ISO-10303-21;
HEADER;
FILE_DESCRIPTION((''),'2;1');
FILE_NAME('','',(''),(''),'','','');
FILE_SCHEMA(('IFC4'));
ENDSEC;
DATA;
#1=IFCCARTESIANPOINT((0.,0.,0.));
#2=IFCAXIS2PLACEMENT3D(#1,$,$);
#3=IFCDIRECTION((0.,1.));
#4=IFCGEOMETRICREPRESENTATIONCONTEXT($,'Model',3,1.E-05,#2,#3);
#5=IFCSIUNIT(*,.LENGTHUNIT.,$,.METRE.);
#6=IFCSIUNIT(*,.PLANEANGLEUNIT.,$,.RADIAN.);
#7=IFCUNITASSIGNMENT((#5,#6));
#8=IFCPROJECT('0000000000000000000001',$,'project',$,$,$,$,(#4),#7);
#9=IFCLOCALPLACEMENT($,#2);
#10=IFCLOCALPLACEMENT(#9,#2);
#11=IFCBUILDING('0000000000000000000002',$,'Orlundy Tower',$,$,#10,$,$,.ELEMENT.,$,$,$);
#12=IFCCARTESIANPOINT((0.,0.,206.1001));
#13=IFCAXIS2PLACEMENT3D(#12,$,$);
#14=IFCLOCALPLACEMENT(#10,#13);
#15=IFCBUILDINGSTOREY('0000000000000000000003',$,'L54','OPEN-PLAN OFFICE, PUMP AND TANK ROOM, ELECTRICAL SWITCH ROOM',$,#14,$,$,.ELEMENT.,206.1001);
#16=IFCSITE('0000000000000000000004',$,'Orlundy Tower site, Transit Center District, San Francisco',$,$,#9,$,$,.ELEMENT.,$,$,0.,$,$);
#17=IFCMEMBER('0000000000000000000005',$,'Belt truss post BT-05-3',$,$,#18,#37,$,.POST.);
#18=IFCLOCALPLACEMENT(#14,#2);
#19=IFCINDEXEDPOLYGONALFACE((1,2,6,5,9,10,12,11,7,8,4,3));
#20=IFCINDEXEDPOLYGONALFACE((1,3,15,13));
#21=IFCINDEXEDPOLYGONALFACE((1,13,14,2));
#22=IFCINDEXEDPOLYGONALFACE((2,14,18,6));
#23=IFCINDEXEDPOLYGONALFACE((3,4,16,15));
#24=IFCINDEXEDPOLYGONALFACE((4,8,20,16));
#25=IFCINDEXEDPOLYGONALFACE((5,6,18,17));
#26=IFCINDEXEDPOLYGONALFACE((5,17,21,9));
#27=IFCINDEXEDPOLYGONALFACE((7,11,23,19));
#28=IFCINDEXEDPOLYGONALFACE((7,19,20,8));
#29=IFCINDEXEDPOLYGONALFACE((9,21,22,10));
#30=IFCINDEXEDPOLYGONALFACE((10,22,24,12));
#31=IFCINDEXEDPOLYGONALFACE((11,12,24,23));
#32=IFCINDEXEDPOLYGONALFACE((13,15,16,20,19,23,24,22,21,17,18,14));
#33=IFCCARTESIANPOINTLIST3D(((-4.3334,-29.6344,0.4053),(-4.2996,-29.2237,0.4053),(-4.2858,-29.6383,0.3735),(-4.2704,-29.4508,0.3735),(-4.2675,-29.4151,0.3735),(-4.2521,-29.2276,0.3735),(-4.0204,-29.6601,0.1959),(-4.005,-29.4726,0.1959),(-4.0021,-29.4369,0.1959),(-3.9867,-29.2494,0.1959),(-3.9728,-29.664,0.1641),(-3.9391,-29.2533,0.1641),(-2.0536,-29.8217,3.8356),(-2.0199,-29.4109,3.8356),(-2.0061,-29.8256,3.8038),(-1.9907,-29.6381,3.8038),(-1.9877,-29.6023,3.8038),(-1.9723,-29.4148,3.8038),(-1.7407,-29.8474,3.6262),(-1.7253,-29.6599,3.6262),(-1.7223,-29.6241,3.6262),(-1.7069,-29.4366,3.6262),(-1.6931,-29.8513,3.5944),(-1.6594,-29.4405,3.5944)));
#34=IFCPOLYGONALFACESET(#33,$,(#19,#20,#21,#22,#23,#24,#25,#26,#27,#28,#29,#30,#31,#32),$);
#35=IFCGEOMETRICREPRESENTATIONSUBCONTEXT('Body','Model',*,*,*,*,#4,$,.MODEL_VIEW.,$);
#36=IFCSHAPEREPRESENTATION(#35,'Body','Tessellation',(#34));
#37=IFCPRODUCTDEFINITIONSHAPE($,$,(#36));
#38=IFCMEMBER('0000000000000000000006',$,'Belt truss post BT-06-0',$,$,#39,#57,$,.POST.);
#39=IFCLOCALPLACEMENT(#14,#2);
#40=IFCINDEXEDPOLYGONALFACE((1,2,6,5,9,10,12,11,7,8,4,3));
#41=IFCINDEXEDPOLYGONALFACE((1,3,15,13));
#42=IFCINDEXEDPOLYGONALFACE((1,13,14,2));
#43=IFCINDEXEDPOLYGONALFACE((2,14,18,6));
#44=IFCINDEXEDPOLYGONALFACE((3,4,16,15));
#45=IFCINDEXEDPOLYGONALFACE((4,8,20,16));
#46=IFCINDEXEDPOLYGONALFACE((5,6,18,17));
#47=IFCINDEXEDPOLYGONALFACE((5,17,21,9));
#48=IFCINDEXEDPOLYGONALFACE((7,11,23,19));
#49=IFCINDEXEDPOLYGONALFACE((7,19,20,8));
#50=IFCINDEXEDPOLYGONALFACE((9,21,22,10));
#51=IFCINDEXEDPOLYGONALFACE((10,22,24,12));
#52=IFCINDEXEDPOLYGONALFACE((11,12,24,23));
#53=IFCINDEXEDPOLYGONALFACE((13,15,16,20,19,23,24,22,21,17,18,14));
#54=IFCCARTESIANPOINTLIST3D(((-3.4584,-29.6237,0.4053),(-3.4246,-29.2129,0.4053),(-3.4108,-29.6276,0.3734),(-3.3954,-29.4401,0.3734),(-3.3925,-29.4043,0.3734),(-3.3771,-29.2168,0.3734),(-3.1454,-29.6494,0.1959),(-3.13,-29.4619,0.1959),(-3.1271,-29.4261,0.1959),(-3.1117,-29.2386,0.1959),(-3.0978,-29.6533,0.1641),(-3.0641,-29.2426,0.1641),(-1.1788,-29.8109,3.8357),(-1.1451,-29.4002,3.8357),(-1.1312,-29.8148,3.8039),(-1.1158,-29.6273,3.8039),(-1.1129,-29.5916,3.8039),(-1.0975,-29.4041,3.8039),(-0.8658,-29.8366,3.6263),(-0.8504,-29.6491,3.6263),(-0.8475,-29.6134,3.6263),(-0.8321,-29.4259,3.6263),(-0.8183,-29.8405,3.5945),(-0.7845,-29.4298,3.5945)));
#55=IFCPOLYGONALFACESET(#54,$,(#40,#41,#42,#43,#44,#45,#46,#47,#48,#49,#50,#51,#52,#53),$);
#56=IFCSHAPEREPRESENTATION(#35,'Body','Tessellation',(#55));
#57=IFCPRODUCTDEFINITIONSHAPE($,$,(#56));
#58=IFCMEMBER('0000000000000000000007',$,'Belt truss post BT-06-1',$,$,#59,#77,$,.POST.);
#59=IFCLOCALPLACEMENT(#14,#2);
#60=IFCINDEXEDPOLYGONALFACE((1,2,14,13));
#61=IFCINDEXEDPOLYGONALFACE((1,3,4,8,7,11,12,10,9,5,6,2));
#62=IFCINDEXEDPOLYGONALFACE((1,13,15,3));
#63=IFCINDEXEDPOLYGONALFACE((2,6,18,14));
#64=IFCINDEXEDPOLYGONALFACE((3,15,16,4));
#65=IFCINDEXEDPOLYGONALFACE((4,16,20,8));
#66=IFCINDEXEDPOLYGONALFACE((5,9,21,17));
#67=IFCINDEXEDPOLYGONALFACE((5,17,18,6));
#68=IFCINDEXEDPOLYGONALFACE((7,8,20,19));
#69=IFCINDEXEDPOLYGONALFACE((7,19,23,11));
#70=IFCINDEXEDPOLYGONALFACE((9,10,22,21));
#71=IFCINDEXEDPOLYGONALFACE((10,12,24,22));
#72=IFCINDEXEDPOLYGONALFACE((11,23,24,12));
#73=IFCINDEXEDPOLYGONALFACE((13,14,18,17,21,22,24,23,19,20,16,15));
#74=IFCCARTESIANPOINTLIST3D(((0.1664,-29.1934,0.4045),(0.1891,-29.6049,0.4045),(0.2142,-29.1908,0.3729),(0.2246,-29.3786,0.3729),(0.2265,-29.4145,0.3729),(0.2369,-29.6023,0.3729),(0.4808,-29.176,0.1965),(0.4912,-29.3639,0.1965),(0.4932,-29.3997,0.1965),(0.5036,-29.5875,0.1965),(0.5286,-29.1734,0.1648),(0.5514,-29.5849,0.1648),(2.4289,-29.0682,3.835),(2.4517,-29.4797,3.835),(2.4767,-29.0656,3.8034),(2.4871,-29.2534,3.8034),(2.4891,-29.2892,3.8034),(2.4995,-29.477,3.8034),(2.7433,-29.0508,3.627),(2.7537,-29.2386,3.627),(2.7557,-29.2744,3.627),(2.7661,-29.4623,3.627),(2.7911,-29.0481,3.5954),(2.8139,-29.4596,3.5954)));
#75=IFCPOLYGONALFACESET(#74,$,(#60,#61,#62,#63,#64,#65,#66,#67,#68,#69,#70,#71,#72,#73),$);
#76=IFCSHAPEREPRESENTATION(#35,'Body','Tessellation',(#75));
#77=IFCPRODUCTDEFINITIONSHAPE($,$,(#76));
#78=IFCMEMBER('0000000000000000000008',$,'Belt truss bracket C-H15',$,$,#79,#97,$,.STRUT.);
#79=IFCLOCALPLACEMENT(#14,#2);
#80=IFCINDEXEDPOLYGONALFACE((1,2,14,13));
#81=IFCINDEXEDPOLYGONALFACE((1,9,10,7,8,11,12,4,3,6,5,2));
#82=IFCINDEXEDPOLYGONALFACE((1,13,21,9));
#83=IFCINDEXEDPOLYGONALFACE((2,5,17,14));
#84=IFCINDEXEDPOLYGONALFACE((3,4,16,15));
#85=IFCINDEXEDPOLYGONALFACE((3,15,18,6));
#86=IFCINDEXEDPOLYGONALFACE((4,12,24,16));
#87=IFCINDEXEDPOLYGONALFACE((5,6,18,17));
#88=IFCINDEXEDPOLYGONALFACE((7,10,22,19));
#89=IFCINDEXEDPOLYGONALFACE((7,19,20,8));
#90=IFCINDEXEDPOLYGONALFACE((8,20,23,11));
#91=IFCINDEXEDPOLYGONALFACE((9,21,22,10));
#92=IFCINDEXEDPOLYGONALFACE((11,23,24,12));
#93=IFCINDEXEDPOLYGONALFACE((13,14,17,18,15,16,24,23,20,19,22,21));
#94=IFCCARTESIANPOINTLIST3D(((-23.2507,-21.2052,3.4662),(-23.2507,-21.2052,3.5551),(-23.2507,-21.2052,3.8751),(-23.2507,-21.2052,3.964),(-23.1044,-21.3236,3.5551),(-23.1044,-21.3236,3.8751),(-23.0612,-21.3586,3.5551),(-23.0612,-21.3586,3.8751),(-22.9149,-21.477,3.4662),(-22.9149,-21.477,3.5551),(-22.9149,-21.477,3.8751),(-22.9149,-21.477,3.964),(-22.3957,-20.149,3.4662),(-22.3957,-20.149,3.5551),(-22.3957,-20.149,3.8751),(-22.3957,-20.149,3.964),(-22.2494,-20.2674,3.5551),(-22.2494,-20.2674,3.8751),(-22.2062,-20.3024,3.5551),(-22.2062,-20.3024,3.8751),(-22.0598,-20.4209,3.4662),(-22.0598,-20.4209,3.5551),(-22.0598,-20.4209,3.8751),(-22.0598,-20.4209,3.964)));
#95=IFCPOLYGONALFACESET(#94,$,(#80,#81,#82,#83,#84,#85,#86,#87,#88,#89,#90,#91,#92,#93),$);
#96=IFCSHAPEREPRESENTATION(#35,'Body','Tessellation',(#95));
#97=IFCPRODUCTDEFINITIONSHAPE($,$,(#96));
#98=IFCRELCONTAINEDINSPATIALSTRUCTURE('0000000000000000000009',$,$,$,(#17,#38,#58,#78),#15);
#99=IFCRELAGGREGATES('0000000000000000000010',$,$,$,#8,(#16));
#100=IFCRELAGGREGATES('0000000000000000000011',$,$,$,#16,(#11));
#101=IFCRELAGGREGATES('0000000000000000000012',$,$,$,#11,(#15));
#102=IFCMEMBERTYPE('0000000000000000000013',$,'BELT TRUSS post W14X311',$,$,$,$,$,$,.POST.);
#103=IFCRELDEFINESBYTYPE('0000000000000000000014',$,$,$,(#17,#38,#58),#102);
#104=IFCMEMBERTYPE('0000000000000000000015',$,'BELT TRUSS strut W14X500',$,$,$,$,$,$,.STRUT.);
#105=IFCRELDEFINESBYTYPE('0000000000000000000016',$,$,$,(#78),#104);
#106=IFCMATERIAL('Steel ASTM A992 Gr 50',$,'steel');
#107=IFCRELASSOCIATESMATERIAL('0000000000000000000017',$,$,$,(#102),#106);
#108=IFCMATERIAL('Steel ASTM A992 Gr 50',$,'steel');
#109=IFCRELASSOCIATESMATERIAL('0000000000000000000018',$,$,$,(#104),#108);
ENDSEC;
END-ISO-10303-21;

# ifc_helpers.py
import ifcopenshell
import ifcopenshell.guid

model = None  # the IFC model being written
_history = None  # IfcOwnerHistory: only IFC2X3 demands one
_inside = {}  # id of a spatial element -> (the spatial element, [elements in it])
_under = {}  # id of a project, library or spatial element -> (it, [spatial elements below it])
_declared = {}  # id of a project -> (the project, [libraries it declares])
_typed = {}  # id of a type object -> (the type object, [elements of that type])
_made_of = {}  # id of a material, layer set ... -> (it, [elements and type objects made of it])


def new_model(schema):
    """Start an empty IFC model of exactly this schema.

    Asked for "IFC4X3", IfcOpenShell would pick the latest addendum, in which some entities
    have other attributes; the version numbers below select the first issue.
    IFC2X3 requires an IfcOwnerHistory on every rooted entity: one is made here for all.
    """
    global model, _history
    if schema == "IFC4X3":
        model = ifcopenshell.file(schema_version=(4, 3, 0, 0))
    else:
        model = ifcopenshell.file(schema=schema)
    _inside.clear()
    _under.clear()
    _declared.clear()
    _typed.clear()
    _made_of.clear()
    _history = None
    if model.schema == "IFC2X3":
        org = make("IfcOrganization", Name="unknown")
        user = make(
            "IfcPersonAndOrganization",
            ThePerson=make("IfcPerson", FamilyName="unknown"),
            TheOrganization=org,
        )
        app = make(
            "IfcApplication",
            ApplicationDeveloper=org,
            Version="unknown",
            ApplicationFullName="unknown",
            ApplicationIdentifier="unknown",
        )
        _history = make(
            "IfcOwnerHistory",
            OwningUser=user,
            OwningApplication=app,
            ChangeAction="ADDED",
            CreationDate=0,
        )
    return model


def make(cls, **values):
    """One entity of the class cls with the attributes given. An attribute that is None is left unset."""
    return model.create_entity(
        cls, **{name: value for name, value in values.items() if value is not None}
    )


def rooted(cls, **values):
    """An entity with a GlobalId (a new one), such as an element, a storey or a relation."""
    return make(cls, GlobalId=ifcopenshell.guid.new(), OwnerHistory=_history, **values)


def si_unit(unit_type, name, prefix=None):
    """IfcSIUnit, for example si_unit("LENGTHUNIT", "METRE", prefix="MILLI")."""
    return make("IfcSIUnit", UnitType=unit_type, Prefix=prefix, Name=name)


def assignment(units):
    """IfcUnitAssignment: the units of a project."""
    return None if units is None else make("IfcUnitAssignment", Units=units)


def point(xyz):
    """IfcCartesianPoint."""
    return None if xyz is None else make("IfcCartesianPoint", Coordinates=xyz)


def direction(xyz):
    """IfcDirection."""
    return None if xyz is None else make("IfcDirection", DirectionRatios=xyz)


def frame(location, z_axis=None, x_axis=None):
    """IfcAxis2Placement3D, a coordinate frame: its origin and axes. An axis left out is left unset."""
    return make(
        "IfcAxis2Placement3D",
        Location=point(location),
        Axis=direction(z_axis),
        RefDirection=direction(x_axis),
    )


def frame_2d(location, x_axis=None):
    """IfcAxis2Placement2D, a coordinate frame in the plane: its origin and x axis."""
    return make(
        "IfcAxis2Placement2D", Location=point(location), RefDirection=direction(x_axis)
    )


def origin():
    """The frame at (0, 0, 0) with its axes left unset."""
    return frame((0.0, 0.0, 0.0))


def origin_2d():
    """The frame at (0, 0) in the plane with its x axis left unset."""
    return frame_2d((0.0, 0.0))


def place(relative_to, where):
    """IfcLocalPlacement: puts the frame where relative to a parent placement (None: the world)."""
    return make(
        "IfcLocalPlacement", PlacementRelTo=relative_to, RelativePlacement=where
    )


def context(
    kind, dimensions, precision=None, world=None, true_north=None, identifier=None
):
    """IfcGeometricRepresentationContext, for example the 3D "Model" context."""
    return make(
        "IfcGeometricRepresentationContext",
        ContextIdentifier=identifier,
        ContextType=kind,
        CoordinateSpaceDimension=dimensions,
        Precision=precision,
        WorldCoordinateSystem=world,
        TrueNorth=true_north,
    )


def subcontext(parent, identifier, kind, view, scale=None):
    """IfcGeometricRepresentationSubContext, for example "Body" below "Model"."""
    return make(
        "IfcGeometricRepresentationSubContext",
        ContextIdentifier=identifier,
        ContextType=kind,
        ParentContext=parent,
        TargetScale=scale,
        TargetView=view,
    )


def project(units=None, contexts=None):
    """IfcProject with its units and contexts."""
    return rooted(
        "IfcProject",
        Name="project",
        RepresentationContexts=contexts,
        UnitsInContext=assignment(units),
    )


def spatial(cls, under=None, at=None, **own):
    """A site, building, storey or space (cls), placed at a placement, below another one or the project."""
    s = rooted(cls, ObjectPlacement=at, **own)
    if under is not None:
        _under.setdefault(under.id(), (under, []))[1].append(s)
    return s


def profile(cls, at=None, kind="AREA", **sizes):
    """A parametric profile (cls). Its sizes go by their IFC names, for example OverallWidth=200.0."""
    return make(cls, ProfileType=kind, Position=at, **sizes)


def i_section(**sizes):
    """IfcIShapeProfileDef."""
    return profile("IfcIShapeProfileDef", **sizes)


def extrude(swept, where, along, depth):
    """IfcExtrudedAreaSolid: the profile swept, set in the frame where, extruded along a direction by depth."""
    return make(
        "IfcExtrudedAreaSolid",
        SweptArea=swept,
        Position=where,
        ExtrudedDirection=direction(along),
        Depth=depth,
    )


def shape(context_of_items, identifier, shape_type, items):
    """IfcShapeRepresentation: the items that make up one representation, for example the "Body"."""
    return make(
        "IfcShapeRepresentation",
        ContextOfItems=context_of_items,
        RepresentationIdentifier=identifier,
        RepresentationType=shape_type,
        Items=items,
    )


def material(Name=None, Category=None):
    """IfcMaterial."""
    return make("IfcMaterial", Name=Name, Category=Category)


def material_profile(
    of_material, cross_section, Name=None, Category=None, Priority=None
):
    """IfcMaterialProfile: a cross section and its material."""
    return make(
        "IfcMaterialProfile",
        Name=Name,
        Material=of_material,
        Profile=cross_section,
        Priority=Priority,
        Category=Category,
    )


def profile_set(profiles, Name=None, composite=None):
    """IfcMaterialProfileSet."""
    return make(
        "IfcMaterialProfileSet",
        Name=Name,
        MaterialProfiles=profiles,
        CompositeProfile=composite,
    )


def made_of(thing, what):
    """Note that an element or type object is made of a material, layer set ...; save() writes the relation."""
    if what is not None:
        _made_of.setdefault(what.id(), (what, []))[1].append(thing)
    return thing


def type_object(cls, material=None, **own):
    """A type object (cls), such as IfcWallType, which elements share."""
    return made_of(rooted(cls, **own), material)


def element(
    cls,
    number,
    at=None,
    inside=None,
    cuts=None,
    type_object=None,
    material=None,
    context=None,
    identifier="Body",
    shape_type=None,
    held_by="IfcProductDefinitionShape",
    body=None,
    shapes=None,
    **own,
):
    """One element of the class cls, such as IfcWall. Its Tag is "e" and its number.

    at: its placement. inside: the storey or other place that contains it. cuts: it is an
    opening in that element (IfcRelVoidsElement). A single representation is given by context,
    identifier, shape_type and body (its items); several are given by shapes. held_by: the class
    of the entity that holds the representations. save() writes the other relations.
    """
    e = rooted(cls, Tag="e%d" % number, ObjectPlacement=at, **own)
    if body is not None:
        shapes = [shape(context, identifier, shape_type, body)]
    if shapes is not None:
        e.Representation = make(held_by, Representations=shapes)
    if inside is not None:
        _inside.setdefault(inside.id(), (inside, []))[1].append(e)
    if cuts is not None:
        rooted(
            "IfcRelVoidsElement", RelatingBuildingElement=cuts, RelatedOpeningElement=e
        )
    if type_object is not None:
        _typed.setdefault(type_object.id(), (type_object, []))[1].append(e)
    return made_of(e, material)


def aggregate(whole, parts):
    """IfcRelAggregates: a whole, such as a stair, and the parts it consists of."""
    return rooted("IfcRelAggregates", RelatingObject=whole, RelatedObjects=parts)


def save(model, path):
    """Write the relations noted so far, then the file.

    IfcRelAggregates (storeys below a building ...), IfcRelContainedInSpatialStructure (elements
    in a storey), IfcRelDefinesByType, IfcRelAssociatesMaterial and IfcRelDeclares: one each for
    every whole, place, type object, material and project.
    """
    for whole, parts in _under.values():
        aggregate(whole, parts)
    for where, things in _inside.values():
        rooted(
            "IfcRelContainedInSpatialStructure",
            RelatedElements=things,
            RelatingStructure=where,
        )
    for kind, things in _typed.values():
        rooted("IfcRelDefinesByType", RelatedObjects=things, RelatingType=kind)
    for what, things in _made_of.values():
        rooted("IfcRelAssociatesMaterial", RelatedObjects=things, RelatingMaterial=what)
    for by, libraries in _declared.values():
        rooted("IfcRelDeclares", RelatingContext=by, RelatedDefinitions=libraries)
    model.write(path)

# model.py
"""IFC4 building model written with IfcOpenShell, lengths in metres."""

from ifc_helpers import new_model, si_unit, direction, frame, origin, origin_2d, place, context, subcontext, project, spatial, i_section, extrude, material, material_profile, profile_set, type_object, element, save


model = new_model("IFC4")

# Units and contexts
model_context = context("Model", 3, precision=1e-05, world=origin(), true_north=direction((0.0, 1.0)))
body_context = subcontext(model_context, "Body", "Model", "MODEL_VIEW")
ifc_project = project(units=[si_unit("LENGTHUNIT", "METRE"), si_unit("PLANEANGLEUNIT", "RADIAN")], contexts=[model_context])

# Site, building, storey
site_placement = place(None, origin())
site = spatial("IfcSite", under=ifc_project, at=site_placement, Name="Orlundy Tower site, Transit Center District, San Francisco", CompositionType="ELEMENT", RefElevation=0.0)
building_placement = place(site_placement, origin())
building = spatial("IfcBuilding", under=site, at=building_placement, Name="Orlundy Tower", CompositionType="ELEMENT")
storey_placement = place(building_placement, frame((0.0, 0.0, 206.1001)))
storey = spatial("IfcBuildingStorey", under=building, at=storey_placement, Name="L54", Description="OPEN-PLAN OFFICE, PUMP AND TANK ROOM, ELECTRICAL SWITCH ROOM", CompositionType="ELEMENT", Elevation=206.1001)

# Members
ifc_material_1 = material(Name="Steel ASTM A992 Gr 50", Category="steel")
ifc_material_profile_1 = material_profile(ifc_material_1, i_section(OverallWidth=0.4121, OverallDepth=0.4348, WebThickness=0.0359, FlangeThickness=0.0574, at=origin_2d()), Name="W14X311")
ifc_profile_set_1 = profile_set([ifc_material_profile_1], Name="Steel ASTM A992 Gr 50")
member_type_1 = type_object("IfcMemberType", Name="BELT TRUSS post W14X311", PredefinedType="POST", material=ifc_profile_set_1)
for number, where, z_axis, x_axis, name in (
    (1, (-4.1362, -29.4438, 0.2847), (0.552925, -0.045416, 0.831993), (0.081862, 0.996644, 0.0), "Belt truss post BT-05-3"),
    (2, (-3.2612, -29.4331, 0.2847), (0.552884, -0.045417, 0.83202), (0.081871, 0.996643, 0.0), "Belt truss post BT-06-0"),
):
    element("IfcMember", number, at=place(storey_placement, frame(where, z_axis=z_axis, x_axis=x_axis)), inside=storey, type_object=member_type_1, Name=name, PredefinedType="POST", context=body_context, shape_type="SweptSolid", body=[
        extrude(i_section(OverallWidth=0.4121, OverallDepth=0.4348, WebThickness=0.0359, FlangeThickness=0.0574, at=origin_2d()), origin(), (0.0, 0.0, 1.0), 4.123),
    ])
member_1_placement = place(storey_placement, frame((0.3589, -29.3892, 0.2847), z_axis=(0.550311, 0.030464, 0.834404), x_axis=(-0.055273, 0.998471, 0.0)))
element("IfcMember", 3, at=member_1_placement, inside=storey, type_object=member_type_1, Name="Belt truss post BT-06-1", PredefinedType="POST", context=body_context, shape_type="SweptSolid", body=[
    extrude(i_section(OverallWidth=0.4121, OverallDepth=0.4348, WebThickness=0.0359, FlangeThickness=0.0574, at=origin_2d()), origin(), (0.0, 0.0, 1.0), 4.1113),
])
ifc_material_2 = material(Name="Steel ASTM A992 Gr 50", Category="steel")
ifc_material_profile_2 = material_profile(ifc_material_2, i_section(OverallWidth=0.4321, OverallDepth=0.4978, WebThickness=0.0557, FlangeThickness=0.0889, at=origin_2d()), Name="W14X500")
ifc_profile_set_2 = profile_set([ifc_material_profile_2], Name="Steel ASTM A992 Gr 50")
member_type_2 = type_object("IfcMemberType", Name="BELT TRUSS strut W14X500", PredefinedType="STRUT", material=ifc_profile_set_2)
member_2_placement = place(storey_placement, frame((-22.2278, -20.2849, 3.7151), z_axis=(-0.629198, -0.777245, 0.0), x_axis=(0.777245, -0.629198, 0.0)))
element("IfcMember", 4, at=member_2_placement, inside=storey, type_object=member_type_2, Name="Belt truss bracket C-H15", PredefinedType="STRUT", context=body_context, shape_type="SweptSolid", body=[
    extrude(i_section(OverallWidth=0.4321, OverallDepth=0.4978, WebThickness=0.0557, FlangeThickness=0.0889, at=origin_2d()), origin(), (0.0, 0.0, 1.0), 1.3589),
])

save(model, "model.ifc")
